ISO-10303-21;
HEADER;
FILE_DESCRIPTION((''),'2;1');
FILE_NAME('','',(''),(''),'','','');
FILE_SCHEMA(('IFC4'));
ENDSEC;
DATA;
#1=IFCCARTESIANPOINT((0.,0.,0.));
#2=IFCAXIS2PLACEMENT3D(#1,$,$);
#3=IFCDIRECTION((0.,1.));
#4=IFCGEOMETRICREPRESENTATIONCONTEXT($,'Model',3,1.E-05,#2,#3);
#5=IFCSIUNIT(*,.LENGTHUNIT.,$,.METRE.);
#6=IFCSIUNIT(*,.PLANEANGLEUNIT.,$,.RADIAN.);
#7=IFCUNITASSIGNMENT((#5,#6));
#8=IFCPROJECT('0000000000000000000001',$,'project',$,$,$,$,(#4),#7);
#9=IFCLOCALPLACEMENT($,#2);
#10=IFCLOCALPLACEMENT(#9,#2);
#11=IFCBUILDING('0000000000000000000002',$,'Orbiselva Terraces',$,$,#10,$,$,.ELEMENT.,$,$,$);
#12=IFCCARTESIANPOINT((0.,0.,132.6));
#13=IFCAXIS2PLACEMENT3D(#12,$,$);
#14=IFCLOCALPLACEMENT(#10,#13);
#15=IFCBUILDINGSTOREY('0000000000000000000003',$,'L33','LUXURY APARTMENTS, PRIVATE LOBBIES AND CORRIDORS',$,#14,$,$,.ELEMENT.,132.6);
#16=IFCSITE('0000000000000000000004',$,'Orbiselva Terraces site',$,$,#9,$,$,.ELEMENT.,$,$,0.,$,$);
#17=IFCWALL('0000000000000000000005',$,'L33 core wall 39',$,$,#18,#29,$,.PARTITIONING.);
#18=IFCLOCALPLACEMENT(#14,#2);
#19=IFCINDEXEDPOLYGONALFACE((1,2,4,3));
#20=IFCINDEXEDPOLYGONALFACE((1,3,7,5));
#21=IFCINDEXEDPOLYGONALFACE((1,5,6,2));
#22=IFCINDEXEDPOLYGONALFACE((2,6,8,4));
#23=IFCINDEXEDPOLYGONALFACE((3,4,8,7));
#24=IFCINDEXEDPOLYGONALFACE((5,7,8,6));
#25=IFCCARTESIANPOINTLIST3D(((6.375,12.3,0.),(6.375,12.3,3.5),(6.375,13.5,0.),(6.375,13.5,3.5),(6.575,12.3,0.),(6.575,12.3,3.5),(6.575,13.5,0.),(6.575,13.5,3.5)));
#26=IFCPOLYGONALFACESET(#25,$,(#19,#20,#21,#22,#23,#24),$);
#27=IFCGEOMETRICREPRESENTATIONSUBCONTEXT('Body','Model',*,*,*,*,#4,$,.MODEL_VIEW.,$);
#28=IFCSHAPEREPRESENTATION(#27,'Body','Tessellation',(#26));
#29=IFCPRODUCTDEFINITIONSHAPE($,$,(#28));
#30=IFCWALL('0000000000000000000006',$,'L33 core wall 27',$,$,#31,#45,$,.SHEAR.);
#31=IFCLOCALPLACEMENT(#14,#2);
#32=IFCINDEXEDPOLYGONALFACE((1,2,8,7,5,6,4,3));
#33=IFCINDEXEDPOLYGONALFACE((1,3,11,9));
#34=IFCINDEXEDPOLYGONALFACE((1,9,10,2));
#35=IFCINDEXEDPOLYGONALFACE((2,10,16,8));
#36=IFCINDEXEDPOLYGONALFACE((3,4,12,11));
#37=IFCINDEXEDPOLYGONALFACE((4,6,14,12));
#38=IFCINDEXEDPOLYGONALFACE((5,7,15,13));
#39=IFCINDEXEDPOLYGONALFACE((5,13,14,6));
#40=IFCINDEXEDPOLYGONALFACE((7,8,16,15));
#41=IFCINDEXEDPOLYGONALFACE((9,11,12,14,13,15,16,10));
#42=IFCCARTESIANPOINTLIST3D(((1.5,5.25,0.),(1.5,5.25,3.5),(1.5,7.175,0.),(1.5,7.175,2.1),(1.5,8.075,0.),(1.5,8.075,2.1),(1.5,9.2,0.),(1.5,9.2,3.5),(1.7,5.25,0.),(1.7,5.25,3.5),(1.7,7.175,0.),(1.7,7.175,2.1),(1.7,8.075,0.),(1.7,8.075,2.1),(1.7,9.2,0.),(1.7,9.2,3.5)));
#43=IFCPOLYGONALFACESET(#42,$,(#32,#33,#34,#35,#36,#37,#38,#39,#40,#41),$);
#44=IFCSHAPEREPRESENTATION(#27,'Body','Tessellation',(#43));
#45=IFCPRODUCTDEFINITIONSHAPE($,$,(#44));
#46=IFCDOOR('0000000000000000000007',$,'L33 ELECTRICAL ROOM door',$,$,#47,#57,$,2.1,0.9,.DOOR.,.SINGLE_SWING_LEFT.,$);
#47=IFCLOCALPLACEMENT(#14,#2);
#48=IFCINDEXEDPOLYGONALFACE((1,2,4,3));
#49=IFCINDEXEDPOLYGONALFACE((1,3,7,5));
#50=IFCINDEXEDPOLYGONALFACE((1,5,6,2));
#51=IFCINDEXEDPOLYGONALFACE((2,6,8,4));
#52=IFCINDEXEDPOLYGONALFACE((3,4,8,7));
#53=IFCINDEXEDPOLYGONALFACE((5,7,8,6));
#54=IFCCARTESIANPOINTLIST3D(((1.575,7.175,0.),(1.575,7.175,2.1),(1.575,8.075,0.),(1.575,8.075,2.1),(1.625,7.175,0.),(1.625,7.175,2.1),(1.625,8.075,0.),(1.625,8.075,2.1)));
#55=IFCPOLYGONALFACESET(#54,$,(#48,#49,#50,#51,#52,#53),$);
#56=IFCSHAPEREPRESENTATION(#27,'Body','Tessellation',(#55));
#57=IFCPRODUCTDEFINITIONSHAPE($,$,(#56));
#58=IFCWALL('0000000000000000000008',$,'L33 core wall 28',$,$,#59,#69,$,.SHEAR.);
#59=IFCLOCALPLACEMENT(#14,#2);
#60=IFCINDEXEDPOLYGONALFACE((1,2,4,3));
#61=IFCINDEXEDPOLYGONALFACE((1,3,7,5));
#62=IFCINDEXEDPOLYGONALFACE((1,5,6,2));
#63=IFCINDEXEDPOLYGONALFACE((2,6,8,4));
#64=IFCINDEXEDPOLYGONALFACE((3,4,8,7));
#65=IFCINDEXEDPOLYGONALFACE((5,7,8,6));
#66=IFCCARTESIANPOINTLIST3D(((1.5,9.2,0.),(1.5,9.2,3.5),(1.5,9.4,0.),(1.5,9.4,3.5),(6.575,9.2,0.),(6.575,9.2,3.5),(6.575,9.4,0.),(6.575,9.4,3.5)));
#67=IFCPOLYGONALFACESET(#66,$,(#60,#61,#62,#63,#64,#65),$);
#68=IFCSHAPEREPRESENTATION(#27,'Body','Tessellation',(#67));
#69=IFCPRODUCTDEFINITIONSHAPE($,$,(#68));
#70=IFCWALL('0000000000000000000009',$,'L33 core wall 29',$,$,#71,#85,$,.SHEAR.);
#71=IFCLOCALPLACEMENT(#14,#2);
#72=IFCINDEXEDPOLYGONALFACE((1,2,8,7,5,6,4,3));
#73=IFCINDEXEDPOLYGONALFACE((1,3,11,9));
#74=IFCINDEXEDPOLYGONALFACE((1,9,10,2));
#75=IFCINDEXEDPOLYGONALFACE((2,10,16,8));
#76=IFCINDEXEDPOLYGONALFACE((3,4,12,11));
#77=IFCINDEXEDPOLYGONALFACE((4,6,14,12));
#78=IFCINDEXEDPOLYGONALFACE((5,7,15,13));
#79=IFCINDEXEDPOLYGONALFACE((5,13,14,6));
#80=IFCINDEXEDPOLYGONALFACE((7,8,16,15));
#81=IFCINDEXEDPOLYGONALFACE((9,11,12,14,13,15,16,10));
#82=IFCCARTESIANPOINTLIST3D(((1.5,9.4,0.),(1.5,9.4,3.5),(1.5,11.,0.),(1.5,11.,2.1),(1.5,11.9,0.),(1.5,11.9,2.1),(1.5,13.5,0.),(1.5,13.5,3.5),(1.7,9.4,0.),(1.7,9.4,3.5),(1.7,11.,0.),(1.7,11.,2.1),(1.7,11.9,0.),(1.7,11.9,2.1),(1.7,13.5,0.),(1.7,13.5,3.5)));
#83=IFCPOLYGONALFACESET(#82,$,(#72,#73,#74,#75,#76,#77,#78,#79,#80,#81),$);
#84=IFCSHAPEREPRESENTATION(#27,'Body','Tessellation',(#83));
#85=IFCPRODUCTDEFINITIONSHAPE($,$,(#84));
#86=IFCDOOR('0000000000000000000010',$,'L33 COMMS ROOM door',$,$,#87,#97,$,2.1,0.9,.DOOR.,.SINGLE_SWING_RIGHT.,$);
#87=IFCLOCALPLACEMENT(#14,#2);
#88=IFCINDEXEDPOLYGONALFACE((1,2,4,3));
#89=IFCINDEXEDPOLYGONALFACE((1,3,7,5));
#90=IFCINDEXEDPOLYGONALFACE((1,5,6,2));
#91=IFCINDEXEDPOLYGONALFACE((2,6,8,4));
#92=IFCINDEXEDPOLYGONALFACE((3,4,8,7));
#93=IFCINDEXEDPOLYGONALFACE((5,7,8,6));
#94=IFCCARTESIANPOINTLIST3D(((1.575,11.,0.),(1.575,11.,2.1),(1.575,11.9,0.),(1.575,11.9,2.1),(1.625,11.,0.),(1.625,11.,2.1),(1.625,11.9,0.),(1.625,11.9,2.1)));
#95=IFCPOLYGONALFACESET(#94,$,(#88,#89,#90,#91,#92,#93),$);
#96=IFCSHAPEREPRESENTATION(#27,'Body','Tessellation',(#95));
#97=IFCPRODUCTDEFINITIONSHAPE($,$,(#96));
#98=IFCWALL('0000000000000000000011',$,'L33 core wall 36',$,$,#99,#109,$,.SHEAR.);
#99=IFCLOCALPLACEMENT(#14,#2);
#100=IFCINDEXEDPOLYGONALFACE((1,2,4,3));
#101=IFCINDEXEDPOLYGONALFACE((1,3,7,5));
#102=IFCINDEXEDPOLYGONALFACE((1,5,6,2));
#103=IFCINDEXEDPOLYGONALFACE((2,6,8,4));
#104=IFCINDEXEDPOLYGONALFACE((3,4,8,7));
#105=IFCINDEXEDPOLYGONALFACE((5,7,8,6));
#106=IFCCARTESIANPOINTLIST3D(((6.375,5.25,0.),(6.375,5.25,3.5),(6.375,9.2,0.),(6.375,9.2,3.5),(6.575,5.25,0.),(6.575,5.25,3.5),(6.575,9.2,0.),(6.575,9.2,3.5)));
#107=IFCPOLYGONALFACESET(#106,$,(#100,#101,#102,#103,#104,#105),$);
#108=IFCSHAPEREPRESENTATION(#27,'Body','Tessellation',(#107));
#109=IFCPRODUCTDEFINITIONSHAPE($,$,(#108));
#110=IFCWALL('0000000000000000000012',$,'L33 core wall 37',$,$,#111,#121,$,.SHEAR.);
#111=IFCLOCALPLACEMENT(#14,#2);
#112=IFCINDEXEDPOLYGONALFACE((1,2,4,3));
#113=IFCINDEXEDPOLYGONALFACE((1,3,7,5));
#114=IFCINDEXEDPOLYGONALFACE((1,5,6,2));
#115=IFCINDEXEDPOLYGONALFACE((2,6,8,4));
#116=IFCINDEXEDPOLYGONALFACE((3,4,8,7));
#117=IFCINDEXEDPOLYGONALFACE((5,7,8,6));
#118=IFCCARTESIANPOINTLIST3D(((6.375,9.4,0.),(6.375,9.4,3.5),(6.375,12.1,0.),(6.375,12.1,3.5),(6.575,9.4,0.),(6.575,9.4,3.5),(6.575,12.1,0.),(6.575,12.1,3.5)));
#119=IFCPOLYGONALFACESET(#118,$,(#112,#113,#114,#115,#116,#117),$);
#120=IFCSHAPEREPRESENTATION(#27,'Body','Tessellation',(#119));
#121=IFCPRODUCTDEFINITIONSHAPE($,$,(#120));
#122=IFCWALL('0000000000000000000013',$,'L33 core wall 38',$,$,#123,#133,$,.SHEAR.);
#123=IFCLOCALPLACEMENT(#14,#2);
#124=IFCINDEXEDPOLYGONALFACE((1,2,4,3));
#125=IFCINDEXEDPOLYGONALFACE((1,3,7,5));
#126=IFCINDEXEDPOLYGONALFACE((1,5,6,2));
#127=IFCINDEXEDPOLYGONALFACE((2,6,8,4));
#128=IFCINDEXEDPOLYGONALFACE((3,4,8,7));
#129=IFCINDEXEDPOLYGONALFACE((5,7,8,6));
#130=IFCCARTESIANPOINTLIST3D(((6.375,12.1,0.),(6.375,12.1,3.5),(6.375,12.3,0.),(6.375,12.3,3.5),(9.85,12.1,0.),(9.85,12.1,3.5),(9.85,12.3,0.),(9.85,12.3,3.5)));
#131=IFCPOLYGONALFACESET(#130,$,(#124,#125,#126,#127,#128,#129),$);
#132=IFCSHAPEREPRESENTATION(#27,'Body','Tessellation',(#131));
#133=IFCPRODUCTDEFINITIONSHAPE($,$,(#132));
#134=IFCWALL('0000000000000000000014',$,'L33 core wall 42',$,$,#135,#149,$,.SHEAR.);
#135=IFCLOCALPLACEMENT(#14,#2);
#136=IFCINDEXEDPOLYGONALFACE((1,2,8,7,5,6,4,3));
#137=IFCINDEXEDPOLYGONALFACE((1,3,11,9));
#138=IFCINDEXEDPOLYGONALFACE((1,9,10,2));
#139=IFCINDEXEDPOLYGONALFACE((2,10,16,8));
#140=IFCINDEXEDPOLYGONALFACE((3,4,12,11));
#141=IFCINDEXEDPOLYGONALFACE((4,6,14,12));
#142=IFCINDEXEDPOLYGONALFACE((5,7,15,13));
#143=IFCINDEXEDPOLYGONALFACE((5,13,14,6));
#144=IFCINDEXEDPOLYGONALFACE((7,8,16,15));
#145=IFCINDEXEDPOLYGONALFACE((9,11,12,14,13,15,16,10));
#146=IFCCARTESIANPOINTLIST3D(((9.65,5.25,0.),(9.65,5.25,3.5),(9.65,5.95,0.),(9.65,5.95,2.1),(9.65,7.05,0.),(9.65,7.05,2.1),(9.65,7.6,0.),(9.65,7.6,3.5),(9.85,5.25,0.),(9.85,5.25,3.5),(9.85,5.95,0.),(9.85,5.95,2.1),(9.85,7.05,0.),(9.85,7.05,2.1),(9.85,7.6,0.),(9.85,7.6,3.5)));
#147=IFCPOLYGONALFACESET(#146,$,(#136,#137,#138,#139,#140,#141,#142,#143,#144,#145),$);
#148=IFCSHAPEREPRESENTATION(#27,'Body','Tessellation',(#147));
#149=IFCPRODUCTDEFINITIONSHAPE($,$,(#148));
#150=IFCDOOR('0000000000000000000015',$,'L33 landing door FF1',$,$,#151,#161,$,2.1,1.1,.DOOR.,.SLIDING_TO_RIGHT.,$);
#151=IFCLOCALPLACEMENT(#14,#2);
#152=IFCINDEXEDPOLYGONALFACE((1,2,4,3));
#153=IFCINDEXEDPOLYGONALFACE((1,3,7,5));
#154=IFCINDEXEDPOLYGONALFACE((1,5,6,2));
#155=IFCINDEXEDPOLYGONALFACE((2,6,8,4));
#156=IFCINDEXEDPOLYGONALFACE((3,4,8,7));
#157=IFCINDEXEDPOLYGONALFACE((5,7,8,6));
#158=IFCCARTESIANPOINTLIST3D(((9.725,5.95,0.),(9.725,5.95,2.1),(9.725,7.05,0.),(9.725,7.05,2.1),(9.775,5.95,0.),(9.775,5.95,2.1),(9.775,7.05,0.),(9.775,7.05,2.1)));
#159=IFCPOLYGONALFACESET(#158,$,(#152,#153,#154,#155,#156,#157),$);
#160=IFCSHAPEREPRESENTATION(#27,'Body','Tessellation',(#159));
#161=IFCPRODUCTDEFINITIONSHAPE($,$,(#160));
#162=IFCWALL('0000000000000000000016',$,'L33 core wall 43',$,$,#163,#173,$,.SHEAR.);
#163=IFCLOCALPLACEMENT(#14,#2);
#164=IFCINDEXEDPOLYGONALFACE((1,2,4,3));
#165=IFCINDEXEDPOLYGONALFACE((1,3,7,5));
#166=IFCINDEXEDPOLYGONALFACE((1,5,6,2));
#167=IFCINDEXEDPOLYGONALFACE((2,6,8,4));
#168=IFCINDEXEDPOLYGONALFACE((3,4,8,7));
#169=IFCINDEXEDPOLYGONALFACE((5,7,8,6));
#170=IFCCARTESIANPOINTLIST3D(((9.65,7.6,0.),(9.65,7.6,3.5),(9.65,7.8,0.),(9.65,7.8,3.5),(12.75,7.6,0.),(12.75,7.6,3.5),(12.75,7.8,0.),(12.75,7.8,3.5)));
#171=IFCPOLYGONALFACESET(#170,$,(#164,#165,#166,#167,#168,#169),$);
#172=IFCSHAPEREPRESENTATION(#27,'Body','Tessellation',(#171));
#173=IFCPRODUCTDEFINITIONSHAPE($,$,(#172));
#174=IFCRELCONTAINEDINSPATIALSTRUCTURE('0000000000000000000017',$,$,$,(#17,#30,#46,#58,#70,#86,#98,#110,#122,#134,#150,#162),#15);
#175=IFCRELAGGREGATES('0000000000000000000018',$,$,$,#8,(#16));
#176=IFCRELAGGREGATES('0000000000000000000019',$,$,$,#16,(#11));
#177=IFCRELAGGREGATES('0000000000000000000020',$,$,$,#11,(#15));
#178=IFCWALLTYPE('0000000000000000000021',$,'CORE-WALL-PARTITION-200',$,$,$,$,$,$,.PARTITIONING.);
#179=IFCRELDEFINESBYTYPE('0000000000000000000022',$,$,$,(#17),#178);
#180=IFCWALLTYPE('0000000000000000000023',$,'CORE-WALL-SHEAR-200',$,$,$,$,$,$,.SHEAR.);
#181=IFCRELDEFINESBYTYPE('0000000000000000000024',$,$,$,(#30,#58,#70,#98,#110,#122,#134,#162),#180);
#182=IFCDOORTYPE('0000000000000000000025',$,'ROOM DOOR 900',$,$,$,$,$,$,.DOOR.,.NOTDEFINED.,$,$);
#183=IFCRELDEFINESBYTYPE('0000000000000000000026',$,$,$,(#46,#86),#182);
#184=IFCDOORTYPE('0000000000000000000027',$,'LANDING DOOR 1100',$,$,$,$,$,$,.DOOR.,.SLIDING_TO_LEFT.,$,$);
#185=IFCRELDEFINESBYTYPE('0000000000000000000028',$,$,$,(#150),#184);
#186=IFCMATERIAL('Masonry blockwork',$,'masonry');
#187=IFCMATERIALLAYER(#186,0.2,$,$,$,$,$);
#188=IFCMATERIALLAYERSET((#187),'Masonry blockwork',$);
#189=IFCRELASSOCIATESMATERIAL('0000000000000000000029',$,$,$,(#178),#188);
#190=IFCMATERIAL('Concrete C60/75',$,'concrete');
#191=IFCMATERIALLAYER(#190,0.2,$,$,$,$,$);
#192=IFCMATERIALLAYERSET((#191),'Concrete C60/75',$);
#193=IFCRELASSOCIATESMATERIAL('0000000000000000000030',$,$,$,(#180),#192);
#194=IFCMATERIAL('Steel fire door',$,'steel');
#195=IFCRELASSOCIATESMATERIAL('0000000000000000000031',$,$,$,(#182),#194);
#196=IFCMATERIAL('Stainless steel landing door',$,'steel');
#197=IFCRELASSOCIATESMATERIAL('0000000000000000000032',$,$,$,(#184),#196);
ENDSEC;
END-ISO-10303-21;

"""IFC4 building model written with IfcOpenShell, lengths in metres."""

from ifc_helpers import new_model, si_unit, direction, frame, frame_2d, origin, place, context, subcontext, project, spatial, rectangle, extrude, material, layer, layer_set, type_object, element, fill, save


model = new_model("IFC4")

# Units and contexts
model_context = context("Model", 3, precision=1e-05, world=origin(), true_north=direction((0.0, 1.0)))
body_context = subcontext(model_context, "Body", "Model", "MODEL_VIEW")
ifc_project = project(units=[si_unit("LENGTHUNIT", "METRE"), si_unit("PLANEANGLEUNIT", "RADIAN")], contexts=[model_context])

# Site, building, storey
site_placement = place(None, origin())
site = spatial("IfcSite", under=ifc_project, at=site_placement, Name="Orbiselva Terraces site", CompositionType="ELEMENT", RefElevation=0.0)
building_placement = place(site_placement, origin())
building = spatial("IfcBuilding", under=site, at=building_placement, Name="Orbiselva Terraces", CompositionType="ELEMENT")
storey_placement = place(building_placement, frame((0.0, 0.0, 132.6)))
storey = spatial("IfcBuildingStorey", under=building, at=storey_placement, Name="L33", Description="LUXURY APARTMENTS, PRIVATE LOBBIES AND CORRIDORS", CompositionType="ELEMENT", Elevation=132.6)

# Wall
ifc_material_1 = material(Name="Masonry blockwork", Category="masonry")
ifc_layer_1 = layer(ifc_material_1, 0.2)
ifc_layer_set_1 = layer_set([ifc_layer_1], Name="Masonry blockwork")
wall_type_1 = type_object("IfcWallType", Name="CORE-WALL-PARTITION-200", PredefinedType="PARTITIONING", material=ifc_layer_set_1)
wall_1_placement = place(storey_placement, frame((6.475, 12.3, 0.0), z_axis=(0.0, 0.0, 1.0), x_axis=(0.0, 1.0, 0.0)))
element("IfcWall", 1, at=wall_1_placement, inside=storey, type_object=wall_type_1, Name="L33 core wall 39", PredefinedType="PARTITIONING", context=body_context, shape_type="SweptSolid", body=[
    extrude(rectangle(XDim=1.2, YDim=0.2, at=frame_2d((0.6, 0.0))), origin(), (0.0, 0.0, 1.0), 3.5),
])

# Wall, opening, door
ifc_material_2 = material(Name="Concrete C60/75", Category="concrete")
ifc_layer_2 = layer(ifc_material_2, 0.2)
ifc_layer_set_2 = layer_set([ifc_layer_2], Name="Concrete C60/75")
wall_type_2 = type_object("IfcWallType", Name="CORE-WALL-SHEAR-200", PredefinedType="SHEAR", material=ifc_layer_set_2)
wall_2_placement = place(storey_placement, frame((1.6, 9.2, 0.0), z_axis=(0.0, 0.0, 1.0), x_axis=(0.0, -1.0, 0.0)))
wall_2 = element("IfcWall", 2, at=wall_2_placement, inside=storey, type_object=wall_type_2, Name="L33 core wall 27", PredefinedType="SHEAR", context=body_context, shape_type="SweptSolid", body=[
    extrude(rectangle(XDim=3.95, YDim=0.2, at=frame_2d((1.975, 0.0))), origin(), (0.0, 0.0, 1.0), 3.5),
])
opening_1_placement = place(wall_2_placement, frame((1.125, 0.0, 0.0)))
opening_1 = element("IfcOpeningElement", 3, at=opening_1_placement, cuts=wall_2, PredefinedType="OPENING", context=body_context, shape_type="SweptSolid", body=[
    extrude(rectangle(XDim=0.9, YDim=2.1, at=frame_2d((0.45, 1.05))), frame((0.0, 0.11, 0.0), z_axis=(0.0, -1.0, 0.0), x_axis=(1.0, 0.0, 0.0)), (0.0, 0.0, 1.0), 0.22),
])
ifc_material_3 = material(Name="Steel fire door", Category="steel")
door_type_1 = type_object("IfcDoorType", Name="ROOM DOOR 900", OperationType="NOTDEFINED", PredefinedType="DOOR", material=ifc_material_3)
door_1_placement = place(opening_1_placement, origin())
door_1 = element("IfcDoor", 4, at=door_1_placement, inside=storey, type_object=door_type_1, Name="L33 ELECTRICAL ROOM door", OperationType="SINGLE_SWING_LEFT", OverallHeight=2.1, OverallWidth=0.9, PredefinedType="DOOR", context=body_context, shape_type="SweptSolid", body=[
    extrude(rectangle(XDim=0.9, YDim=2.1, at=frame_2d((0.45, 1.05))), frame((0.0, 0.025, 0.0), z_axis=(0.0, -1.0, 0.0), x_axis=(1.0, 0.0, 0.0)), (0.0, 0.0, 1.0), 0.05),
])
fill(opening_1, door_1)

# Wall
wall_3_placement = place(storey_placement, frame((1.5, 9.3, 0.0), z_axis=(0.0, 0.0, 1.0), x_axis=(1.0, 0.0, 0.0)))
element("IfcWall", 5, at=wall_3_placement, inside=storey, type_object=wall_type_2, Name="L33 core wall 28", PredefinedType="SHEAR", context=body_context, shape_type="SweptSolid", body=[
    extrude(rectangle(XDim=5.075, YDim=0.2, at=frame_2d((2.5375, 0.0))), origin(), (0.0, 0.0, 1.0), 3.5),
])

# Wall, opening, door
wall_4_placement = place(storey_placement, frame((1.6, 13.5, 0.0), z_axis=(0.0, 0.0, 1.0), x_axis=(0.0, -1.0, 0.0)))
wall_4 = element("IfcWall", 6, at=wall_4_placement, inside=storey, type_object=wall_type_2, Name="L33 core wall 29", PredefinedType="SHEAR", context=body_context, shape_type="SweptSolid", body=[
    extrude(rectangle(XDim=4.1, YDim=0.2, at=frame_2d((2.05, 0.0))), origin(), (0.0, 0.0, 1.0), 3.5),
])
opening_2_placement = place(wall_4_placement, frame((1.6, 0.0, 0.0)))
opening_2 = element("IfcOpeningElement", 7, at=opening_2_placement, cuts=wall_4, PredefinedType="OPENING", context=body_context, shape_type="SweptSolid", body=[
    extrude(rectangle(XDim=0.9, YDim=2.1, at=frame_2d((0.45, 1.05))), frame((0.0, 0.11, 0.0), z_axis=(0.0, -1.0, 0.0), x_axis=(1.0, 0.0, 0.0)), (0.0, 0.0, 1.0), 0.22),
])
door_2_placement = place(opening_2_placement, origin())
door_2 = element("IfcDoor", 8, at=door_2_placement, inside=storey, type_object=door_type_1, Name="L33 COMMS ROOM door", OperationType="SINGLE_SWING_RIGHT", OverallHeight=2.1, OverallWidth=0.9, PredefinedType="DOOR", context=body_context, shape_type="SweptSolid", body=[
    extrude(rectangle(XDim=0.9, YDim=2.1, at=frame_2d((0.45, 1.05))), frame((0.0, 0.025, 0.0), z_axis=(0.0, -1.0, 0.0), x_axis=(1.0, 0.0, 0.0)), (0.0, 0.0, 1.0), 0.05),
])
fill(opening_2, door_2)

# Walls
wall_5_placement = place(storey_placement, frame((6.475, 5.25, 0.0), z_axis=(0.0, 0.0, 1.0), x_axis=(0.0, 1.0, 0.0)))
element("IfcWall", 9, at=wall_5_placement, inside=storey, type_object=wall_type_2, Name="L33 core wall 36", PredefinedType="SHEAR", context=body_context, shape_type="SweptSolid", body=[
    extrude(rectangle(XDim=3.95, YDim=0.2, at=frame_2d((1.975, 0.0))), origin(), (0.0, 0.0, 1.0), 3.5),
])
wall_6_placement = place(storey_placement, frame((6.475, 9.4, 0.0), z_axis=(0.0, 0.0, 1.0), x_axis=(0.0, 1.0, 0.0)))
element("IfcWall", 10, at=wall_6_placement, inside=storey, type_object=wall_type_2, Name="L33 core wall 37", PredefinedType="SHEAR", context=body_context, shape_type="SweptSolid", body=[
    extrude(rectangle(XDim=2.7, YDim=0.2, at=frame_2d((1.35, 0.0))), origin(), (0.0, 0.0, 1.0), 3.5),
])
wall_7_placement = place(storey_placement, frame((6.375, 12.2, 0.0), z_axis=(0.0, 0.0, 1.0), x_axis=(1.0, 0.0, 0.0)))
element("IfcWall", 11, at=wall_7_placement, inside=storey, type_object=wall_type_2, Name="L33 core wall 38", PredefinedType="SHEAR", context=body_context, shape_type="SweptSolid", body=[
    extrude(rectangle(XDim=3.475, YDim=0.2, at=frame_2d((1.7375, 0.0))), origin(), (0.0, 0.0, 1.0), 3.5),
])

# Wall, opening, door
wall_8_placement = place(storey_placement, frame((9.75, 5.25, 0.0), z_axis=(0.0, 0.0, 1.0), x_axis=(0.0, 1.0, 0.0)))
wall_8 = element("IfcWall", 12, at=wall_8_placement, inside=storey, type_object=wall_type_2, Name="L33 core wall 42", PredefinedType="SHEAR", context=body_context, shape_type="SweptSolid", body=[
    extrude(rectangle(XDim=2.35, YDim=0.2, at=frame_2d((1.175, 0.0))), origin(), (0.0, 0.0, 1.0), 3.5),
])
opening_3_placement = place(wall_8_placement, frame((0.7, 0.0, 0.0)))
opening_3 = element("IfcOpeningElement", 13, at=opening_3_placement, cuts=wall_8, PredefinedType="OPENING", context=body_context, shape_type="SweptSolid", body=[
    extrude(rectangle(XDim=1.1, YDim=2.1, at=frame_2d((0.55, 1.05))), frame((0.0, 0.11, 0.0), z_axis=(0.0, -1.0, 0.0), x_axis=(1.0, 0.0, 0.0)), (0.0, 0.0, 1.0), 0.22),
])
ifc_material_4 = material(Name="Stainless steel landing door", Category="steel")
door_type_2 = type_object("IfcDoorType", Name="LANDING DOOR 1100", OperationType="SLIDING_TO_LEFT", PredefinedType="DOOR", material=ifc_material_4)
door_3_placement = place(opening_3_placement, origin())
door_3 = element("IfcDoor", 14, at=door_3_placement, inside=storey, type_object=door_type_2, Name="L33 landing door FF1", OperationType="SLIDING_TO_RIGHT", OverallHeight=2.1, OverallWidth=1.1, PredefinedType="DOOR", context=body_context, shape_type="SweptSolid", body=[
    extrude(rectangle(XDim=1.1, YDim=2.1, at=frame_2d((0.55, 1.05))), frame((0.0, 0.025, 0.0), z_axis=(0.0, -1.0, 0.0), x_axis=(1.0, 0.0, 0.0)), (0.0, 0.0, 1.0), 0.05),
])
fill(opening_3, door_3)

# Wall
wall_9_placement = place(storey_placement, frame((9.65, 7.7, 0.0), z_axis=(0.0, 0.0, 1.0), x_axis=(1.0, 0.0, 0.0)))
element("IfcWall", 15, at=wall_9_placement, inside=storey, type_object=wall_type_2, Name="L33 core wall 43", PredefinedType="SHEAR", context=body_context, shape_type="SweptSolid", body=[
    extrude(rectangle(XDim=3.1, YDim=0.2, at=frame_2d((1.55, 0.0))), origin(), (0.0, 0.0, 1.0), 3.5),
])

save(model, "model.ifc")
